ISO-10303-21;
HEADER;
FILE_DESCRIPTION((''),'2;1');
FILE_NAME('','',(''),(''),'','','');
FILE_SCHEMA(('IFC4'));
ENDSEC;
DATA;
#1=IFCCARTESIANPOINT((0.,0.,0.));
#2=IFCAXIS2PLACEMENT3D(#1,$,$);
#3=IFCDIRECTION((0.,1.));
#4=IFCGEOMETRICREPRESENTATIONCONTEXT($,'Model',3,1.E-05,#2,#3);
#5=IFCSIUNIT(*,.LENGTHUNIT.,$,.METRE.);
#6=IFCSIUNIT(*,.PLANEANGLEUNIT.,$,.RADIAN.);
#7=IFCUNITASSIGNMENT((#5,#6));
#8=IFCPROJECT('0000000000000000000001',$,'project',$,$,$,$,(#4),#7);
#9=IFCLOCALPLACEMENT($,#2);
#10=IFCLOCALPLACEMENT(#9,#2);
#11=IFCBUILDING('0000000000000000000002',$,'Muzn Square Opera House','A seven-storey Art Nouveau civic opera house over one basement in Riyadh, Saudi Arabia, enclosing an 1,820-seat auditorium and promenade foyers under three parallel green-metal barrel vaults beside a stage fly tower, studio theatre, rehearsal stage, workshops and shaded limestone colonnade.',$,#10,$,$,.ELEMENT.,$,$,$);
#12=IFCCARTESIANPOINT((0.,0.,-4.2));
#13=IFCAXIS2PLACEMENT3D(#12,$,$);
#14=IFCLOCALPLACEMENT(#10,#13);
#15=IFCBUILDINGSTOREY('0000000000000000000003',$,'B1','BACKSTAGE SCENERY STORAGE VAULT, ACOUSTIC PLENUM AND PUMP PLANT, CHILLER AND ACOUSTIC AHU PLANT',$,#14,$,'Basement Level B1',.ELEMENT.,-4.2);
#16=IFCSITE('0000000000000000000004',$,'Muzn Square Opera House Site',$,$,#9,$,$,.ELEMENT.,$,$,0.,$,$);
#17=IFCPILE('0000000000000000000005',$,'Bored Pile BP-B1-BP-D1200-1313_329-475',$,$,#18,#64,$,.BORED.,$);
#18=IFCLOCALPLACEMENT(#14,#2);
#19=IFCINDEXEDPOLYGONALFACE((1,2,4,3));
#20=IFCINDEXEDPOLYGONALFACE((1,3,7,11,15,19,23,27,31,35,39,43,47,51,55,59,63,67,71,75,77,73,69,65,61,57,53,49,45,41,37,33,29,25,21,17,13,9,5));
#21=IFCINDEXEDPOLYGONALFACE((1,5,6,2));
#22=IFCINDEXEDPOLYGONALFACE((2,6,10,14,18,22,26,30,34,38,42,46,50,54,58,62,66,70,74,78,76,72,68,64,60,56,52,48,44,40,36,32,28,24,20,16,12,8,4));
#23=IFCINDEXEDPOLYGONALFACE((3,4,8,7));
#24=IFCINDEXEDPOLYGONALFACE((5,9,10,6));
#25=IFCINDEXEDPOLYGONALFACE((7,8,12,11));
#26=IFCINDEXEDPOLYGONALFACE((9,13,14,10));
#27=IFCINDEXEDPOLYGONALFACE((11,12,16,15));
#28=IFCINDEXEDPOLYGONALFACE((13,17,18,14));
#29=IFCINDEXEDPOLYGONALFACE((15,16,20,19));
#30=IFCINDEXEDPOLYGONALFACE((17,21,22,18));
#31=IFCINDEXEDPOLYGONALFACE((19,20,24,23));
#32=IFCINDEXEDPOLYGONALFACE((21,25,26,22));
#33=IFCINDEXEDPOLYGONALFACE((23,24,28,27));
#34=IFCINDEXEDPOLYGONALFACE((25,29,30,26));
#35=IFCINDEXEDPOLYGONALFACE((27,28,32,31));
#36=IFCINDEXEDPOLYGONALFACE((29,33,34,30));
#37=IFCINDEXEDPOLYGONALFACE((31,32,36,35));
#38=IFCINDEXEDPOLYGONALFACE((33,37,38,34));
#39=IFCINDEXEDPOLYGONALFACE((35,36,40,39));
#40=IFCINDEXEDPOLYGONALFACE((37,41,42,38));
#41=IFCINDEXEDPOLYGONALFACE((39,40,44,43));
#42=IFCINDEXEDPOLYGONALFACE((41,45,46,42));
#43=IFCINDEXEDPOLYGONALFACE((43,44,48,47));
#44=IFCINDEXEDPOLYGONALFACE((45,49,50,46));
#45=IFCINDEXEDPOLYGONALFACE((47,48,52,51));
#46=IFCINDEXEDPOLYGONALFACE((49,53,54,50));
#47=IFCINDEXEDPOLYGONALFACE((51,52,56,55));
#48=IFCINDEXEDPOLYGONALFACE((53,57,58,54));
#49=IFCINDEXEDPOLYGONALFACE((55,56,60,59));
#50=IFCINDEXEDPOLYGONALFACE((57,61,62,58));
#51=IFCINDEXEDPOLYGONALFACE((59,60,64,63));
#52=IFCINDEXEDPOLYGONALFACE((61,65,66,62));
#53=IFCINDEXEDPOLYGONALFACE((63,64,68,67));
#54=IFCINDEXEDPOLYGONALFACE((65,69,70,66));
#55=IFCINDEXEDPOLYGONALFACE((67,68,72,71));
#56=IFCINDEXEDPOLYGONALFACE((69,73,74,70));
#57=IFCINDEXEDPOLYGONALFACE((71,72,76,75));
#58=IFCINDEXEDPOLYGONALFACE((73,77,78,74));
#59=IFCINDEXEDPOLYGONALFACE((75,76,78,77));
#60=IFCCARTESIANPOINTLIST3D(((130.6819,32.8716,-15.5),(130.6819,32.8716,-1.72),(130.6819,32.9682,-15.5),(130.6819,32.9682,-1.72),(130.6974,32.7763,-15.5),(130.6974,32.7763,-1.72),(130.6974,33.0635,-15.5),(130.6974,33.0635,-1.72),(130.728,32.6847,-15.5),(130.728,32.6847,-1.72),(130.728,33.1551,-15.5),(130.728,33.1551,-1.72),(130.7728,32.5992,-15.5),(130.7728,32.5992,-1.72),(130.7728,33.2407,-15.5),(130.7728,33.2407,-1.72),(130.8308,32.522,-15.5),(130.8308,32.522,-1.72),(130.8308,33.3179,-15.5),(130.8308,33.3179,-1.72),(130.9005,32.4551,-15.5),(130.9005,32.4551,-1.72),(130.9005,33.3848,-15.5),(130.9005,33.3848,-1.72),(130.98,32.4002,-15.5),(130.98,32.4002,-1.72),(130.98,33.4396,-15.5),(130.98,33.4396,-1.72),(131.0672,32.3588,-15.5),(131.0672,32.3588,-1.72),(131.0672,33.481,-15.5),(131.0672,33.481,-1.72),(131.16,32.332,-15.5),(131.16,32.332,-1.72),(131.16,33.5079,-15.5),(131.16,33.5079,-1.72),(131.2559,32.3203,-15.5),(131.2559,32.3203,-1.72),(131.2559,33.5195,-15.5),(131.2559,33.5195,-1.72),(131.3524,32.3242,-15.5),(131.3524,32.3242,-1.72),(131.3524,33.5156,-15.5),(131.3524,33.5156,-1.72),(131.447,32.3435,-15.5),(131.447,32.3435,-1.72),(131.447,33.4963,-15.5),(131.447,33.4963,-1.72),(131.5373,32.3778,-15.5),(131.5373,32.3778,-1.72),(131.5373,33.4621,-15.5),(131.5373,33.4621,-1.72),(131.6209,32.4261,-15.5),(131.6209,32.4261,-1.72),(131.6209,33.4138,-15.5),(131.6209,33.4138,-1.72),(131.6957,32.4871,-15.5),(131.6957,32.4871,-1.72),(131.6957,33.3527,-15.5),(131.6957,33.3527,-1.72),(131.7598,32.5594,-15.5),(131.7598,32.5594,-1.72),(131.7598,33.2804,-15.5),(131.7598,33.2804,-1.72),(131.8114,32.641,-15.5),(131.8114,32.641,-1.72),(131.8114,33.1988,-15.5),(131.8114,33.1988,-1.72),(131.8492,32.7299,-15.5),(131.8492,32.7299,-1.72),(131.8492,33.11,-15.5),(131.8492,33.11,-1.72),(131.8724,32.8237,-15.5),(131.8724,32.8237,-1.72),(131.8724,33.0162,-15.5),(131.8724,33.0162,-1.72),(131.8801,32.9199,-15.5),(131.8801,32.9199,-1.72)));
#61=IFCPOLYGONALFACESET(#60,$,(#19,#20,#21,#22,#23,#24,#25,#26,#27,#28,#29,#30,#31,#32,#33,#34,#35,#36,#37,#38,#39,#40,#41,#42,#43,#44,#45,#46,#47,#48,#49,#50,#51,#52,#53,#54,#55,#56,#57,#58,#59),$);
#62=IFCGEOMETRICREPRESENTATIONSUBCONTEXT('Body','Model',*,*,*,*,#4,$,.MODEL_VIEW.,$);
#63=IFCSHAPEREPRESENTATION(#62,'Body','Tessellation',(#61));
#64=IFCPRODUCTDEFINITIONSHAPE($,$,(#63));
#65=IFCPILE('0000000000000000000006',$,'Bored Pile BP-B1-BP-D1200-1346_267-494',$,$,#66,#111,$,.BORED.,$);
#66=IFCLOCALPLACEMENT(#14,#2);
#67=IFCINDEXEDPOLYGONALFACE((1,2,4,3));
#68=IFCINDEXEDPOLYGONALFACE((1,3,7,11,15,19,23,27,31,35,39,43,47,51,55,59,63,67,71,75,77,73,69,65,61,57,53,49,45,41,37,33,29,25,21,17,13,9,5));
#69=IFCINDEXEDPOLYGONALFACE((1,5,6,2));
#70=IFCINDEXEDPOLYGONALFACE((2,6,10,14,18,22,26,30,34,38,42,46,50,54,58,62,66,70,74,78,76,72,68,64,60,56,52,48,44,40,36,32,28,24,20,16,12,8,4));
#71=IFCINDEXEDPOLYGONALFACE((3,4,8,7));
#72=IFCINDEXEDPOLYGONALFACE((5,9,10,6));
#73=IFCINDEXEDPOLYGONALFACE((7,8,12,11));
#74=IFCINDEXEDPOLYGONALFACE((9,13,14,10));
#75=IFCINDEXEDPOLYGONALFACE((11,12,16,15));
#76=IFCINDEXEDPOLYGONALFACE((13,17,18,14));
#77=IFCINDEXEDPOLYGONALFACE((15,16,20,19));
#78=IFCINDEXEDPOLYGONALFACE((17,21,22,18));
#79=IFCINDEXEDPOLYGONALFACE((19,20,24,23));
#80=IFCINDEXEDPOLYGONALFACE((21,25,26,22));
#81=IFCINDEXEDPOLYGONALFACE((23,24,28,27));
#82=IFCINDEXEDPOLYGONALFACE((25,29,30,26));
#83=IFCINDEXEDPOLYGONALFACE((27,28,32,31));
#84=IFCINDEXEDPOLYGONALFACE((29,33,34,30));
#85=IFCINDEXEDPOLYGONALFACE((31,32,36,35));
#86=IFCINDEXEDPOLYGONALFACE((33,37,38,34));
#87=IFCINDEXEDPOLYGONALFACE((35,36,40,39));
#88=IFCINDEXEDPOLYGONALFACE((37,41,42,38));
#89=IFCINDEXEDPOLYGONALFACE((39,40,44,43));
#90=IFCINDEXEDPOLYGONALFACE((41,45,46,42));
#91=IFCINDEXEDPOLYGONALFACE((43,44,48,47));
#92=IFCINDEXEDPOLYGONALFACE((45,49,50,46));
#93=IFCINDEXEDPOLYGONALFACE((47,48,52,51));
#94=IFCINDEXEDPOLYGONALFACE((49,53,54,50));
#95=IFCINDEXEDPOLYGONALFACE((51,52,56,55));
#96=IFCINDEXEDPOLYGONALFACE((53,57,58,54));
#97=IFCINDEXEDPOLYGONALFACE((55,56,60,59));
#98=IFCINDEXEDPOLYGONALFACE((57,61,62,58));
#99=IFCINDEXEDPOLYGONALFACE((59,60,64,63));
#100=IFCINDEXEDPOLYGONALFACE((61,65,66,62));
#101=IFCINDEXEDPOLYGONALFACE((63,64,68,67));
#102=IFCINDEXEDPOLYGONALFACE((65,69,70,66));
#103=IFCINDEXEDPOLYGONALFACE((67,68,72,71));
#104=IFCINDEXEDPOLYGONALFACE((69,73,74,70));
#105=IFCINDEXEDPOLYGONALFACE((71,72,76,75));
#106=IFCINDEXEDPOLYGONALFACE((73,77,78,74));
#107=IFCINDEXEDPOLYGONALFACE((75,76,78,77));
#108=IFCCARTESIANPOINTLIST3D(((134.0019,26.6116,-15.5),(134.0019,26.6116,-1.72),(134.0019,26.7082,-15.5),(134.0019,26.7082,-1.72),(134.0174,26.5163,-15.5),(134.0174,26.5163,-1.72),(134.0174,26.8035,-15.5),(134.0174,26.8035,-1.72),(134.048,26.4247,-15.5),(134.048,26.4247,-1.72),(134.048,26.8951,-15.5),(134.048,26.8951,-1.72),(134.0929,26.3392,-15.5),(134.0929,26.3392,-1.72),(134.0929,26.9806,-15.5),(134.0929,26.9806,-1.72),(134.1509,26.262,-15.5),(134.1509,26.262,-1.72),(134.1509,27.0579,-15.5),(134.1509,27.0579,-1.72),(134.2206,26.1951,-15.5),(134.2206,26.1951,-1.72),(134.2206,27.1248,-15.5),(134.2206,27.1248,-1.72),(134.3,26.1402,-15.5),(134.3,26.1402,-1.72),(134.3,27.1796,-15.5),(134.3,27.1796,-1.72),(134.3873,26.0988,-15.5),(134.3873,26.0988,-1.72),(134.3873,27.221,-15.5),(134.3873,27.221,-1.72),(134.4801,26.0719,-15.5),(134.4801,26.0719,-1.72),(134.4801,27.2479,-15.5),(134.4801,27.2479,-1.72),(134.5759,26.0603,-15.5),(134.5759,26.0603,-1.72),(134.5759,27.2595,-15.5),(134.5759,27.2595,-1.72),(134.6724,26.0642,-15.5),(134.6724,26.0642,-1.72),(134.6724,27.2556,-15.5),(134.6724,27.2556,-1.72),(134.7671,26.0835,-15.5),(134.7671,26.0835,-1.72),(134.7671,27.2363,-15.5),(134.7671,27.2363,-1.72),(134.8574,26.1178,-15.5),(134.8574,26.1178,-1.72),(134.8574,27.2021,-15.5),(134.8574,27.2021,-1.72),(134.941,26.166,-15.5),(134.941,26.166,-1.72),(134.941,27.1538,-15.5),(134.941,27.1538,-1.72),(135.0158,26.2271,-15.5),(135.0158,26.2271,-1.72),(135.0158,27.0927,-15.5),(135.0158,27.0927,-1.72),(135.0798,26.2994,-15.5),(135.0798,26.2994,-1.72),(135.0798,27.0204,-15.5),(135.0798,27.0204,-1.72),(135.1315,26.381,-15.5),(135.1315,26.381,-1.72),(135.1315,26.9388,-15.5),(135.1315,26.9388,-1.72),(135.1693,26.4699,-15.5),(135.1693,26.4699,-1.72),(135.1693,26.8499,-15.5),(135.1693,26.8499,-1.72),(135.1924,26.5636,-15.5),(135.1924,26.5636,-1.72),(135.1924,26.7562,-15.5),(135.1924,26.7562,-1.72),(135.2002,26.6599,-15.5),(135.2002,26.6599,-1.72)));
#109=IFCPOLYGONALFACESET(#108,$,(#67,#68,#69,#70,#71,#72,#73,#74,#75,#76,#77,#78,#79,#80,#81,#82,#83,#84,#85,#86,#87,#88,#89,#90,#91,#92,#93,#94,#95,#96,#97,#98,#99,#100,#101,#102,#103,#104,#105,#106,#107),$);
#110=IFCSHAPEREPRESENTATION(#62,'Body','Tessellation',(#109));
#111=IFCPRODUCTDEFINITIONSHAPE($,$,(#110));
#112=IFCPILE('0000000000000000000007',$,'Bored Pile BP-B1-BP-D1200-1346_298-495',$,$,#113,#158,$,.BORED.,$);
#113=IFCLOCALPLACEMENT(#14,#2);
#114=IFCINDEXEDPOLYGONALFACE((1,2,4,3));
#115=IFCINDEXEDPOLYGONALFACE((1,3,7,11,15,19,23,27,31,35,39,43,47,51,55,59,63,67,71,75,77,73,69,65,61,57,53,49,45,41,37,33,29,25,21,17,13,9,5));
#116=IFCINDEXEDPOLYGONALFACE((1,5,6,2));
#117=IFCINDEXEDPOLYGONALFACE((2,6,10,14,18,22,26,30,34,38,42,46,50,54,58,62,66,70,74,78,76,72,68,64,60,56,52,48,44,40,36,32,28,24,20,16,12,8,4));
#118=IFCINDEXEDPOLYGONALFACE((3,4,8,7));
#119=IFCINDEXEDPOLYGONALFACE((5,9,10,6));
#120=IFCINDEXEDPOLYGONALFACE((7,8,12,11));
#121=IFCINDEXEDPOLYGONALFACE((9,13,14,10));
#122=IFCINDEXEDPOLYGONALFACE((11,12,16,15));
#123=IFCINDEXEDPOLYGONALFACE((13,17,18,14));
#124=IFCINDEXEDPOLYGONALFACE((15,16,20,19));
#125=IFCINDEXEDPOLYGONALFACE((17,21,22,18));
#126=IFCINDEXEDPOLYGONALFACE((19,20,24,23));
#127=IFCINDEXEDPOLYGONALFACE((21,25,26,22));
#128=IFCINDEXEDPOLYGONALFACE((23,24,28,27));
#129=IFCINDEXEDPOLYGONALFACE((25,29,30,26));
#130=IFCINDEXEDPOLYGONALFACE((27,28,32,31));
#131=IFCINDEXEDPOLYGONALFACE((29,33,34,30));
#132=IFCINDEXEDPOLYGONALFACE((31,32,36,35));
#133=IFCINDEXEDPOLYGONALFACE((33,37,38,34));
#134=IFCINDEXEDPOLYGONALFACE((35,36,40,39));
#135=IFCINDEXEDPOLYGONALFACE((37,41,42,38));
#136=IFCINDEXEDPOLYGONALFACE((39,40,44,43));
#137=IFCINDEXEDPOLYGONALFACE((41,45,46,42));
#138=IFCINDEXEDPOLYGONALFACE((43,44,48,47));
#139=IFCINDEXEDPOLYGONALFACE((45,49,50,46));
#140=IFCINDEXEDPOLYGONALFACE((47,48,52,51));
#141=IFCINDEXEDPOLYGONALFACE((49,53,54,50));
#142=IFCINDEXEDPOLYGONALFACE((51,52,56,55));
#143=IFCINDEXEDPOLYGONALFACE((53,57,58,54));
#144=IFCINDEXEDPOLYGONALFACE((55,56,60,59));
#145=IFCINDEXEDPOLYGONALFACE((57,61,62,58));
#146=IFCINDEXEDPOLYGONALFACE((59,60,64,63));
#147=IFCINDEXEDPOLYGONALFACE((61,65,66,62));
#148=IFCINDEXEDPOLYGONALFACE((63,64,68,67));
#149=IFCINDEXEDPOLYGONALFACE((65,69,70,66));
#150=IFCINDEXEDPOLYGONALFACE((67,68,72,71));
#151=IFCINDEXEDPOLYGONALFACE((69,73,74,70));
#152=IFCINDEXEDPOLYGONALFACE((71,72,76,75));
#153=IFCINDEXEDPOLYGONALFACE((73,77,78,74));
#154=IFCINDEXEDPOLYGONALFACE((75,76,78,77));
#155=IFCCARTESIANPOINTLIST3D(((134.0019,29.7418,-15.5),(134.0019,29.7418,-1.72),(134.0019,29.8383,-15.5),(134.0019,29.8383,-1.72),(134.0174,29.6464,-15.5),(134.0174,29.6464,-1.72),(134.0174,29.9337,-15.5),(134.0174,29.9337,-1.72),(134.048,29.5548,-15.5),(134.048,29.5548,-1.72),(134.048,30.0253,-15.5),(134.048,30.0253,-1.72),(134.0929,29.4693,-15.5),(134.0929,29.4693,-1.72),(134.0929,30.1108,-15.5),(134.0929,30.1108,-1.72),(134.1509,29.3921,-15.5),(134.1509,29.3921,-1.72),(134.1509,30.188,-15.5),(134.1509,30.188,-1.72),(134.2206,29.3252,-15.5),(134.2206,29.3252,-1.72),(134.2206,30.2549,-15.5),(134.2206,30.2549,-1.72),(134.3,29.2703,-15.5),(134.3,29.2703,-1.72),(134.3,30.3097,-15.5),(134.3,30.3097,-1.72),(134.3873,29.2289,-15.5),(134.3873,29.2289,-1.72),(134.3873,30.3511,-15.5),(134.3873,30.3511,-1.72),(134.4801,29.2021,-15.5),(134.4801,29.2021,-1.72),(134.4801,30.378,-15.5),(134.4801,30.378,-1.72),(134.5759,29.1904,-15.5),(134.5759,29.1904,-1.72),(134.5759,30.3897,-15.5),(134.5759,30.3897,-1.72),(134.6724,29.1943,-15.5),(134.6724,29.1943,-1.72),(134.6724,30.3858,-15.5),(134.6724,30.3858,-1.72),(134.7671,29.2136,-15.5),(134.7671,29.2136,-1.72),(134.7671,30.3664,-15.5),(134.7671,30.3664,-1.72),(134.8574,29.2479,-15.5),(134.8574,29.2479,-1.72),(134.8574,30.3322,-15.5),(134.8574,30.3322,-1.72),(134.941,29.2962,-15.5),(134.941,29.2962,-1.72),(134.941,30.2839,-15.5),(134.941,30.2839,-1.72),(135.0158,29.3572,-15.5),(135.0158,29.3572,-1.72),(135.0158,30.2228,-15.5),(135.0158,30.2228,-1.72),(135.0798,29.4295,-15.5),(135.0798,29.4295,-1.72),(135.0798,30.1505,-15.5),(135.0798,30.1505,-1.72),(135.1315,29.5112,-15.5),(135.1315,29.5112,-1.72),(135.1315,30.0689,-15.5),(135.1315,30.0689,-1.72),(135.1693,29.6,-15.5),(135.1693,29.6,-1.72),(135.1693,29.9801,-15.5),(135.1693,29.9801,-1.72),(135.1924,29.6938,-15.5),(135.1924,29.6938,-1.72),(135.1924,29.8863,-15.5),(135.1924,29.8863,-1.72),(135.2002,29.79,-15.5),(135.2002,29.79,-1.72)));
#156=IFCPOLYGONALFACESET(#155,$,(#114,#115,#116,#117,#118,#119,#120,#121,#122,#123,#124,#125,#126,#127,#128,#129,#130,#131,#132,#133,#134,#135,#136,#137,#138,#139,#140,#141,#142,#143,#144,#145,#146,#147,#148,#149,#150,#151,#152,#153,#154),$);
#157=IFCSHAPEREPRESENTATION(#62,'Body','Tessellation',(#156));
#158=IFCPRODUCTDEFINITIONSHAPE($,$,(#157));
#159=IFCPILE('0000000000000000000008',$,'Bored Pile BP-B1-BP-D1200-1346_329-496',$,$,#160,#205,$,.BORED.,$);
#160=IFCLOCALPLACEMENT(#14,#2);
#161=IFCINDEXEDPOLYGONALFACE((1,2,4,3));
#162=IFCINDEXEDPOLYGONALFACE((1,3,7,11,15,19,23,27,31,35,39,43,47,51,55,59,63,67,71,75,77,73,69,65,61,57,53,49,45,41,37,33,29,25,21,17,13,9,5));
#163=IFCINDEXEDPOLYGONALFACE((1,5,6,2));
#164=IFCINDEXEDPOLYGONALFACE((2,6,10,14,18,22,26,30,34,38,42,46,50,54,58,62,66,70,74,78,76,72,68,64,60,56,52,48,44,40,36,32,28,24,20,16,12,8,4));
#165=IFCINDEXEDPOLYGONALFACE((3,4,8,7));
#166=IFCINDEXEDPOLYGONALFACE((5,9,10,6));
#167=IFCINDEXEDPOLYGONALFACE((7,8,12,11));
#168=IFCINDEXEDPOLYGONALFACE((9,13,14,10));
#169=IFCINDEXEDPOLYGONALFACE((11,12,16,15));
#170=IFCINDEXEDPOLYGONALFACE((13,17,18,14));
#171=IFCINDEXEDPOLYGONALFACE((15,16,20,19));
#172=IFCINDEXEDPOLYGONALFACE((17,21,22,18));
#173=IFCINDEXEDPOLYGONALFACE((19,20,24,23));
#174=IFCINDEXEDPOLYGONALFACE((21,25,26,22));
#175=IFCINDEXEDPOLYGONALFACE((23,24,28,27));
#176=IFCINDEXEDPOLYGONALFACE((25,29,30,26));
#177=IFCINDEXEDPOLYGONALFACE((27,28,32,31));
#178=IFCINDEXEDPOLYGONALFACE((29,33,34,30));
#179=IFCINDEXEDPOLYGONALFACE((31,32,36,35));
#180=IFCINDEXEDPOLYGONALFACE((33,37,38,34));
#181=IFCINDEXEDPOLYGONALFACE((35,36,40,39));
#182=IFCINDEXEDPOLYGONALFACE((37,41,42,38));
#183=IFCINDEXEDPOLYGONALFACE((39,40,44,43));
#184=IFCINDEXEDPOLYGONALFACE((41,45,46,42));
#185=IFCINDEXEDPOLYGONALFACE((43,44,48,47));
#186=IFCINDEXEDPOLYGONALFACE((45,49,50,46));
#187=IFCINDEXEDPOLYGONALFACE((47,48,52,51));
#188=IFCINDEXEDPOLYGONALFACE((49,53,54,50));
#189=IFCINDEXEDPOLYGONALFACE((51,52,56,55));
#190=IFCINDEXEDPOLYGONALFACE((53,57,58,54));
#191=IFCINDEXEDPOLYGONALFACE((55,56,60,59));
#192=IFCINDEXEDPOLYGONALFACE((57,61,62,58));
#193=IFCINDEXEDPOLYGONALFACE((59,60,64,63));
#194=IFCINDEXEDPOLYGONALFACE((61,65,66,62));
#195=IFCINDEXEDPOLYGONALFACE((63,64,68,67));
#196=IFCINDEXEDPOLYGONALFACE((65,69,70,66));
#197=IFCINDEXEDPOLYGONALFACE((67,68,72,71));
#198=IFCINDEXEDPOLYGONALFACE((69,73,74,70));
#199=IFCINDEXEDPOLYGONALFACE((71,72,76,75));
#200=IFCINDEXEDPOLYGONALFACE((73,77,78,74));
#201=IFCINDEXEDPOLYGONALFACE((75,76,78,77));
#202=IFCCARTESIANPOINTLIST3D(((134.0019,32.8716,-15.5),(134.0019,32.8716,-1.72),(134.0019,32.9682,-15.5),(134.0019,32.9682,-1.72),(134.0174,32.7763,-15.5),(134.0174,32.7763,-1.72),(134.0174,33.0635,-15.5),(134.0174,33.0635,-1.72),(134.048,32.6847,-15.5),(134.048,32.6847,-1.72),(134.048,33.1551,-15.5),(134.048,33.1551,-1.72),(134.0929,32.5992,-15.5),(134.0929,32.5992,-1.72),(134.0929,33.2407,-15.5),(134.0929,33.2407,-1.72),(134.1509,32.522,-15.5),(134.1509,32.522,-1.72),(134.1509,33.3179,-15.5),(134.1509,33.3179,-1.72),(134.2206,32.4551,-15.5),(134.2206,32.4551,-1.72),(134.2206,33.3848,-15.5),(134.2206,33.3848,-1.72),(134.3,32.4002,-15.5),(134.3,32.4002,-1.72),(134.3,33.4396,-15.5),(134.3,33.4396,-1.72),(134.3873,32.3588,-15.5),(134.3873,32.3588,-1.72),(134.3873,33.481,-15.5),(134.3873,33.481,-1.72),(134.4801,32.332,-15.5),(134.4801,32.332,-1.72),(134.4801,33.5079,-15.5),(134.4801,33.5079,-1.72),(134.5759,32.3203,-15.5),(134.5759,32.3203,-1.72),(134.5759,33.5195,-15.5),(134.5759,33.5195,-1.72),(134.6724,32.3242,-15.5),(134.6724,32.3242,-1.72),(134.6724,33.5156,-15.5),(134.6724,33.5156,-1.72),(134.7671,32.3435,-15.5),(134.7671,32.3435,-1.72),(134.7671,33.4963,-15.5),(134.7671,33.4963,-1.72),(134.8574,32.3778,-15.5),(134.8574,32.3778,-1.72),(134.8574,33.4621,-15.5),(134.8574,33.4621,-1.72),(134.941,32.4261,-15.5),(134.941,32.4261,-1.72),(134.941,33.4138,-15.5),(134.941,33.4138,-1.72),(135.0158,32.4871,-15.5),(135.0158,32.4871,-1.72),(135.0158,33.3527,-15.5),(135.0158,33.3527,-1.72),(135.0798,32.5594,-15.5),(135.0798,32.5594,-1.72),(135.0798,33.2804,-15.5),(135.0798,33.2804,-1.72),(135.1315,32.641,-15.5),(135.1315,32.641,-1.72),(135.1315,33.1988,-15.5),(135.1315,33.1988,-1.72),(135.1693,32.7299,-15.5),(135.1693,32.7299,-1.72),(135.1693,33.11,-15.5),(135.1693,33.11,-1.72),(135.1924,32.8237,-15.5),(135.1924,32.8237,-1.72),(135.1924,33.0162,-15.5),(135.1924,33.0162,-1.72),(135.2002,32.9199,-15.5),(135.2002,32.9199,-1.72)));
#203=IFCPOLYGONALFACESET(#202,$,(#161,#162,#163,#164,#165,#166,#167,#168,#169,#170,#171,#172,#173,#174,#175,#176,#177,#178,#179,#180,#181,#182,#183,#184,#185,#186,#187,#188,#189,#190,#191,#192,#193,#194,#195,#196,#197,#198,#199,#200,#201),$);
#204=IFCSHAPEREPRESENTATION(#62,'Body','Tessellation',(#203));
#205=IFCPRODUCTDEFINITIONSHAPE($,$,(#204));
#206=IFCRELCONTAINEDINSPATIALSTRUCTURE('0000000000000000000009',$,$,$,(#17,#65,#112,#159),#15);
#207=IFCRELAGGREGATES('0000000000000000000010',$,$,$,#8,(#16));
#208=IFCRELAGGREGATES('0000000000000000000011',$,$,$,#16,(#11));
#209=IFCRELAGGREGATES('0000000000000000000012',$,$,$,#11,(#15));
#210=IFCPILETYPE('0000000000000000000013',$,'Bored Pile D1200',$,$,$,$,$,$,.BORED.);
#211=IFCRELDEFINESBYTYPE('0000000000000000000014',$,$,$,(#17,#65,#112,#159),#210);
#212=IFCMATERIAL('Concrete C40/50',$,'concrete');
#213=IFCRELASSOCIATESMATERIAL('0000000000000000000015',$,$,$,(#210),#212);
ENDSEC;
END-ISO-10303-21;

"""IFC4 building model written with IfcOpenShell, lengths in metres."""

from ifc_helpers import new_model, si_unit, direction, frame, origin, origin_2d, place, context, subcontext, project, spatial, circle, extrude, material, material_profile, profile_set, type_object, element, save


model = new_model("IFC4")

# Units and contexts
model_context = context("Model", 3, precision=1e-05, world=origin(), true_north=direction((0.0, 1.0)))
body_context = subcontext(model_context, "Body", "Model", "MODEL_VIEW")
ifc_project = project(units=[si_unit("LENGTHUNIT", "METRE"), si_unit("PLANEANGLEUNIT", "RADIAN")], contexts=[model_context])

# Site, building, storey
site_placement = place(None, origin())
site = spatial("IfcSite", under=ifc_project, at=site_placement, Name="Muzn Square Opera House Site", CompositionType="ELEMENT", RefElevation=0.0)
building_placement = place(site_placement, origin())
building = spatial("IfcBuilding", under=site, at=building_placement, Name="Muzn Square Opera House", Description="A seven-storey Art Nouveau civic opera house over one basement in Riyadh, Saudi Arabia, enclosing an 1,820-seat auditorium and promenade foyers under three parallel green-metal barrel vaults beside a stage fly tower, studio theatre, rehearsal stage, workshops and shaded limestone colonnade.", CompositionType="ELEMENT")
storey_placement = place(building_placement, frame((0.0, 0.0, -4.2)))
storey = spatial("IfcBuildingStorey", under=building, at=storey_placement, Name="B1", Description="BACKSTAGE SCENERY STORAGE VAULT, ACOUSTIC PLENUM AND PUMP PLANT, CHILLER AND ACOUSTIC AHU PLANT", LongName="Basement Level B1", CompositionType="ELEMENT", Elevation=-4.2)

# Piles
ifc_material_1 = material(Name="Concrete C40/50", Category="concrete")
ifc_material_profile_1 = material_profile(ifc_material_1, circle(Radius=0.6001, at=origin_2d()), Name="BORED PILE D1200", Category="concrete")
ifc_profile_set_1 = profile_set([ifc_material_profile_1], Name="Concrete C40/50")
pile_type = type_object("IfcPileType", Name="Bored Pile D1200", PredefinedType="BORED", material=ifc_profile_set_1)
for number, where, z_axis, x_axis, name in (
    (1, (131.28, 32.9199, -1.72), (0.0, 0.0, -1.0), (1.0, 0.0, 0.0), "Bored Pile BP-B1-BP-D1200-1313_329-475"),
    (2, (134.6001, 26.6599, -1.72), (0.0, 0.0, -1.0), (1.0, 0.0, 0.0), "Bored Pile BP-B1-BP-D1200-1346_267-494"),
    (3, (134.6001, 29.79, -1.72), (0.0, 0.0, -1.0), (1.0, 0.0, 0.0), "Bored Pile BP-B1-BP-D1200-1346_298-495"),
    (4, (134.6001, 32.9199, -1.72), (0.0, 0.0, -1.0), (1.0, 0.0, 0.0), "Bored Pile BP-B1-BP-D1200-1346_329-496"),
):
    element("IfcPile", number, at=place(storey_placement, frame(where, z_axis=z_axis, x_axis=x_axis)), inside=storey, type_object=pile_type, Name=name, PredefinedType="BORED", context=body_context, shape_type="SweptSolid", body=[
        extrude(circle(Radius=0.6001, at=origin_2d()), origin(), (0.0, 0.0, 1.0), 13.78),
    ])

save(model, "model.ifc")
